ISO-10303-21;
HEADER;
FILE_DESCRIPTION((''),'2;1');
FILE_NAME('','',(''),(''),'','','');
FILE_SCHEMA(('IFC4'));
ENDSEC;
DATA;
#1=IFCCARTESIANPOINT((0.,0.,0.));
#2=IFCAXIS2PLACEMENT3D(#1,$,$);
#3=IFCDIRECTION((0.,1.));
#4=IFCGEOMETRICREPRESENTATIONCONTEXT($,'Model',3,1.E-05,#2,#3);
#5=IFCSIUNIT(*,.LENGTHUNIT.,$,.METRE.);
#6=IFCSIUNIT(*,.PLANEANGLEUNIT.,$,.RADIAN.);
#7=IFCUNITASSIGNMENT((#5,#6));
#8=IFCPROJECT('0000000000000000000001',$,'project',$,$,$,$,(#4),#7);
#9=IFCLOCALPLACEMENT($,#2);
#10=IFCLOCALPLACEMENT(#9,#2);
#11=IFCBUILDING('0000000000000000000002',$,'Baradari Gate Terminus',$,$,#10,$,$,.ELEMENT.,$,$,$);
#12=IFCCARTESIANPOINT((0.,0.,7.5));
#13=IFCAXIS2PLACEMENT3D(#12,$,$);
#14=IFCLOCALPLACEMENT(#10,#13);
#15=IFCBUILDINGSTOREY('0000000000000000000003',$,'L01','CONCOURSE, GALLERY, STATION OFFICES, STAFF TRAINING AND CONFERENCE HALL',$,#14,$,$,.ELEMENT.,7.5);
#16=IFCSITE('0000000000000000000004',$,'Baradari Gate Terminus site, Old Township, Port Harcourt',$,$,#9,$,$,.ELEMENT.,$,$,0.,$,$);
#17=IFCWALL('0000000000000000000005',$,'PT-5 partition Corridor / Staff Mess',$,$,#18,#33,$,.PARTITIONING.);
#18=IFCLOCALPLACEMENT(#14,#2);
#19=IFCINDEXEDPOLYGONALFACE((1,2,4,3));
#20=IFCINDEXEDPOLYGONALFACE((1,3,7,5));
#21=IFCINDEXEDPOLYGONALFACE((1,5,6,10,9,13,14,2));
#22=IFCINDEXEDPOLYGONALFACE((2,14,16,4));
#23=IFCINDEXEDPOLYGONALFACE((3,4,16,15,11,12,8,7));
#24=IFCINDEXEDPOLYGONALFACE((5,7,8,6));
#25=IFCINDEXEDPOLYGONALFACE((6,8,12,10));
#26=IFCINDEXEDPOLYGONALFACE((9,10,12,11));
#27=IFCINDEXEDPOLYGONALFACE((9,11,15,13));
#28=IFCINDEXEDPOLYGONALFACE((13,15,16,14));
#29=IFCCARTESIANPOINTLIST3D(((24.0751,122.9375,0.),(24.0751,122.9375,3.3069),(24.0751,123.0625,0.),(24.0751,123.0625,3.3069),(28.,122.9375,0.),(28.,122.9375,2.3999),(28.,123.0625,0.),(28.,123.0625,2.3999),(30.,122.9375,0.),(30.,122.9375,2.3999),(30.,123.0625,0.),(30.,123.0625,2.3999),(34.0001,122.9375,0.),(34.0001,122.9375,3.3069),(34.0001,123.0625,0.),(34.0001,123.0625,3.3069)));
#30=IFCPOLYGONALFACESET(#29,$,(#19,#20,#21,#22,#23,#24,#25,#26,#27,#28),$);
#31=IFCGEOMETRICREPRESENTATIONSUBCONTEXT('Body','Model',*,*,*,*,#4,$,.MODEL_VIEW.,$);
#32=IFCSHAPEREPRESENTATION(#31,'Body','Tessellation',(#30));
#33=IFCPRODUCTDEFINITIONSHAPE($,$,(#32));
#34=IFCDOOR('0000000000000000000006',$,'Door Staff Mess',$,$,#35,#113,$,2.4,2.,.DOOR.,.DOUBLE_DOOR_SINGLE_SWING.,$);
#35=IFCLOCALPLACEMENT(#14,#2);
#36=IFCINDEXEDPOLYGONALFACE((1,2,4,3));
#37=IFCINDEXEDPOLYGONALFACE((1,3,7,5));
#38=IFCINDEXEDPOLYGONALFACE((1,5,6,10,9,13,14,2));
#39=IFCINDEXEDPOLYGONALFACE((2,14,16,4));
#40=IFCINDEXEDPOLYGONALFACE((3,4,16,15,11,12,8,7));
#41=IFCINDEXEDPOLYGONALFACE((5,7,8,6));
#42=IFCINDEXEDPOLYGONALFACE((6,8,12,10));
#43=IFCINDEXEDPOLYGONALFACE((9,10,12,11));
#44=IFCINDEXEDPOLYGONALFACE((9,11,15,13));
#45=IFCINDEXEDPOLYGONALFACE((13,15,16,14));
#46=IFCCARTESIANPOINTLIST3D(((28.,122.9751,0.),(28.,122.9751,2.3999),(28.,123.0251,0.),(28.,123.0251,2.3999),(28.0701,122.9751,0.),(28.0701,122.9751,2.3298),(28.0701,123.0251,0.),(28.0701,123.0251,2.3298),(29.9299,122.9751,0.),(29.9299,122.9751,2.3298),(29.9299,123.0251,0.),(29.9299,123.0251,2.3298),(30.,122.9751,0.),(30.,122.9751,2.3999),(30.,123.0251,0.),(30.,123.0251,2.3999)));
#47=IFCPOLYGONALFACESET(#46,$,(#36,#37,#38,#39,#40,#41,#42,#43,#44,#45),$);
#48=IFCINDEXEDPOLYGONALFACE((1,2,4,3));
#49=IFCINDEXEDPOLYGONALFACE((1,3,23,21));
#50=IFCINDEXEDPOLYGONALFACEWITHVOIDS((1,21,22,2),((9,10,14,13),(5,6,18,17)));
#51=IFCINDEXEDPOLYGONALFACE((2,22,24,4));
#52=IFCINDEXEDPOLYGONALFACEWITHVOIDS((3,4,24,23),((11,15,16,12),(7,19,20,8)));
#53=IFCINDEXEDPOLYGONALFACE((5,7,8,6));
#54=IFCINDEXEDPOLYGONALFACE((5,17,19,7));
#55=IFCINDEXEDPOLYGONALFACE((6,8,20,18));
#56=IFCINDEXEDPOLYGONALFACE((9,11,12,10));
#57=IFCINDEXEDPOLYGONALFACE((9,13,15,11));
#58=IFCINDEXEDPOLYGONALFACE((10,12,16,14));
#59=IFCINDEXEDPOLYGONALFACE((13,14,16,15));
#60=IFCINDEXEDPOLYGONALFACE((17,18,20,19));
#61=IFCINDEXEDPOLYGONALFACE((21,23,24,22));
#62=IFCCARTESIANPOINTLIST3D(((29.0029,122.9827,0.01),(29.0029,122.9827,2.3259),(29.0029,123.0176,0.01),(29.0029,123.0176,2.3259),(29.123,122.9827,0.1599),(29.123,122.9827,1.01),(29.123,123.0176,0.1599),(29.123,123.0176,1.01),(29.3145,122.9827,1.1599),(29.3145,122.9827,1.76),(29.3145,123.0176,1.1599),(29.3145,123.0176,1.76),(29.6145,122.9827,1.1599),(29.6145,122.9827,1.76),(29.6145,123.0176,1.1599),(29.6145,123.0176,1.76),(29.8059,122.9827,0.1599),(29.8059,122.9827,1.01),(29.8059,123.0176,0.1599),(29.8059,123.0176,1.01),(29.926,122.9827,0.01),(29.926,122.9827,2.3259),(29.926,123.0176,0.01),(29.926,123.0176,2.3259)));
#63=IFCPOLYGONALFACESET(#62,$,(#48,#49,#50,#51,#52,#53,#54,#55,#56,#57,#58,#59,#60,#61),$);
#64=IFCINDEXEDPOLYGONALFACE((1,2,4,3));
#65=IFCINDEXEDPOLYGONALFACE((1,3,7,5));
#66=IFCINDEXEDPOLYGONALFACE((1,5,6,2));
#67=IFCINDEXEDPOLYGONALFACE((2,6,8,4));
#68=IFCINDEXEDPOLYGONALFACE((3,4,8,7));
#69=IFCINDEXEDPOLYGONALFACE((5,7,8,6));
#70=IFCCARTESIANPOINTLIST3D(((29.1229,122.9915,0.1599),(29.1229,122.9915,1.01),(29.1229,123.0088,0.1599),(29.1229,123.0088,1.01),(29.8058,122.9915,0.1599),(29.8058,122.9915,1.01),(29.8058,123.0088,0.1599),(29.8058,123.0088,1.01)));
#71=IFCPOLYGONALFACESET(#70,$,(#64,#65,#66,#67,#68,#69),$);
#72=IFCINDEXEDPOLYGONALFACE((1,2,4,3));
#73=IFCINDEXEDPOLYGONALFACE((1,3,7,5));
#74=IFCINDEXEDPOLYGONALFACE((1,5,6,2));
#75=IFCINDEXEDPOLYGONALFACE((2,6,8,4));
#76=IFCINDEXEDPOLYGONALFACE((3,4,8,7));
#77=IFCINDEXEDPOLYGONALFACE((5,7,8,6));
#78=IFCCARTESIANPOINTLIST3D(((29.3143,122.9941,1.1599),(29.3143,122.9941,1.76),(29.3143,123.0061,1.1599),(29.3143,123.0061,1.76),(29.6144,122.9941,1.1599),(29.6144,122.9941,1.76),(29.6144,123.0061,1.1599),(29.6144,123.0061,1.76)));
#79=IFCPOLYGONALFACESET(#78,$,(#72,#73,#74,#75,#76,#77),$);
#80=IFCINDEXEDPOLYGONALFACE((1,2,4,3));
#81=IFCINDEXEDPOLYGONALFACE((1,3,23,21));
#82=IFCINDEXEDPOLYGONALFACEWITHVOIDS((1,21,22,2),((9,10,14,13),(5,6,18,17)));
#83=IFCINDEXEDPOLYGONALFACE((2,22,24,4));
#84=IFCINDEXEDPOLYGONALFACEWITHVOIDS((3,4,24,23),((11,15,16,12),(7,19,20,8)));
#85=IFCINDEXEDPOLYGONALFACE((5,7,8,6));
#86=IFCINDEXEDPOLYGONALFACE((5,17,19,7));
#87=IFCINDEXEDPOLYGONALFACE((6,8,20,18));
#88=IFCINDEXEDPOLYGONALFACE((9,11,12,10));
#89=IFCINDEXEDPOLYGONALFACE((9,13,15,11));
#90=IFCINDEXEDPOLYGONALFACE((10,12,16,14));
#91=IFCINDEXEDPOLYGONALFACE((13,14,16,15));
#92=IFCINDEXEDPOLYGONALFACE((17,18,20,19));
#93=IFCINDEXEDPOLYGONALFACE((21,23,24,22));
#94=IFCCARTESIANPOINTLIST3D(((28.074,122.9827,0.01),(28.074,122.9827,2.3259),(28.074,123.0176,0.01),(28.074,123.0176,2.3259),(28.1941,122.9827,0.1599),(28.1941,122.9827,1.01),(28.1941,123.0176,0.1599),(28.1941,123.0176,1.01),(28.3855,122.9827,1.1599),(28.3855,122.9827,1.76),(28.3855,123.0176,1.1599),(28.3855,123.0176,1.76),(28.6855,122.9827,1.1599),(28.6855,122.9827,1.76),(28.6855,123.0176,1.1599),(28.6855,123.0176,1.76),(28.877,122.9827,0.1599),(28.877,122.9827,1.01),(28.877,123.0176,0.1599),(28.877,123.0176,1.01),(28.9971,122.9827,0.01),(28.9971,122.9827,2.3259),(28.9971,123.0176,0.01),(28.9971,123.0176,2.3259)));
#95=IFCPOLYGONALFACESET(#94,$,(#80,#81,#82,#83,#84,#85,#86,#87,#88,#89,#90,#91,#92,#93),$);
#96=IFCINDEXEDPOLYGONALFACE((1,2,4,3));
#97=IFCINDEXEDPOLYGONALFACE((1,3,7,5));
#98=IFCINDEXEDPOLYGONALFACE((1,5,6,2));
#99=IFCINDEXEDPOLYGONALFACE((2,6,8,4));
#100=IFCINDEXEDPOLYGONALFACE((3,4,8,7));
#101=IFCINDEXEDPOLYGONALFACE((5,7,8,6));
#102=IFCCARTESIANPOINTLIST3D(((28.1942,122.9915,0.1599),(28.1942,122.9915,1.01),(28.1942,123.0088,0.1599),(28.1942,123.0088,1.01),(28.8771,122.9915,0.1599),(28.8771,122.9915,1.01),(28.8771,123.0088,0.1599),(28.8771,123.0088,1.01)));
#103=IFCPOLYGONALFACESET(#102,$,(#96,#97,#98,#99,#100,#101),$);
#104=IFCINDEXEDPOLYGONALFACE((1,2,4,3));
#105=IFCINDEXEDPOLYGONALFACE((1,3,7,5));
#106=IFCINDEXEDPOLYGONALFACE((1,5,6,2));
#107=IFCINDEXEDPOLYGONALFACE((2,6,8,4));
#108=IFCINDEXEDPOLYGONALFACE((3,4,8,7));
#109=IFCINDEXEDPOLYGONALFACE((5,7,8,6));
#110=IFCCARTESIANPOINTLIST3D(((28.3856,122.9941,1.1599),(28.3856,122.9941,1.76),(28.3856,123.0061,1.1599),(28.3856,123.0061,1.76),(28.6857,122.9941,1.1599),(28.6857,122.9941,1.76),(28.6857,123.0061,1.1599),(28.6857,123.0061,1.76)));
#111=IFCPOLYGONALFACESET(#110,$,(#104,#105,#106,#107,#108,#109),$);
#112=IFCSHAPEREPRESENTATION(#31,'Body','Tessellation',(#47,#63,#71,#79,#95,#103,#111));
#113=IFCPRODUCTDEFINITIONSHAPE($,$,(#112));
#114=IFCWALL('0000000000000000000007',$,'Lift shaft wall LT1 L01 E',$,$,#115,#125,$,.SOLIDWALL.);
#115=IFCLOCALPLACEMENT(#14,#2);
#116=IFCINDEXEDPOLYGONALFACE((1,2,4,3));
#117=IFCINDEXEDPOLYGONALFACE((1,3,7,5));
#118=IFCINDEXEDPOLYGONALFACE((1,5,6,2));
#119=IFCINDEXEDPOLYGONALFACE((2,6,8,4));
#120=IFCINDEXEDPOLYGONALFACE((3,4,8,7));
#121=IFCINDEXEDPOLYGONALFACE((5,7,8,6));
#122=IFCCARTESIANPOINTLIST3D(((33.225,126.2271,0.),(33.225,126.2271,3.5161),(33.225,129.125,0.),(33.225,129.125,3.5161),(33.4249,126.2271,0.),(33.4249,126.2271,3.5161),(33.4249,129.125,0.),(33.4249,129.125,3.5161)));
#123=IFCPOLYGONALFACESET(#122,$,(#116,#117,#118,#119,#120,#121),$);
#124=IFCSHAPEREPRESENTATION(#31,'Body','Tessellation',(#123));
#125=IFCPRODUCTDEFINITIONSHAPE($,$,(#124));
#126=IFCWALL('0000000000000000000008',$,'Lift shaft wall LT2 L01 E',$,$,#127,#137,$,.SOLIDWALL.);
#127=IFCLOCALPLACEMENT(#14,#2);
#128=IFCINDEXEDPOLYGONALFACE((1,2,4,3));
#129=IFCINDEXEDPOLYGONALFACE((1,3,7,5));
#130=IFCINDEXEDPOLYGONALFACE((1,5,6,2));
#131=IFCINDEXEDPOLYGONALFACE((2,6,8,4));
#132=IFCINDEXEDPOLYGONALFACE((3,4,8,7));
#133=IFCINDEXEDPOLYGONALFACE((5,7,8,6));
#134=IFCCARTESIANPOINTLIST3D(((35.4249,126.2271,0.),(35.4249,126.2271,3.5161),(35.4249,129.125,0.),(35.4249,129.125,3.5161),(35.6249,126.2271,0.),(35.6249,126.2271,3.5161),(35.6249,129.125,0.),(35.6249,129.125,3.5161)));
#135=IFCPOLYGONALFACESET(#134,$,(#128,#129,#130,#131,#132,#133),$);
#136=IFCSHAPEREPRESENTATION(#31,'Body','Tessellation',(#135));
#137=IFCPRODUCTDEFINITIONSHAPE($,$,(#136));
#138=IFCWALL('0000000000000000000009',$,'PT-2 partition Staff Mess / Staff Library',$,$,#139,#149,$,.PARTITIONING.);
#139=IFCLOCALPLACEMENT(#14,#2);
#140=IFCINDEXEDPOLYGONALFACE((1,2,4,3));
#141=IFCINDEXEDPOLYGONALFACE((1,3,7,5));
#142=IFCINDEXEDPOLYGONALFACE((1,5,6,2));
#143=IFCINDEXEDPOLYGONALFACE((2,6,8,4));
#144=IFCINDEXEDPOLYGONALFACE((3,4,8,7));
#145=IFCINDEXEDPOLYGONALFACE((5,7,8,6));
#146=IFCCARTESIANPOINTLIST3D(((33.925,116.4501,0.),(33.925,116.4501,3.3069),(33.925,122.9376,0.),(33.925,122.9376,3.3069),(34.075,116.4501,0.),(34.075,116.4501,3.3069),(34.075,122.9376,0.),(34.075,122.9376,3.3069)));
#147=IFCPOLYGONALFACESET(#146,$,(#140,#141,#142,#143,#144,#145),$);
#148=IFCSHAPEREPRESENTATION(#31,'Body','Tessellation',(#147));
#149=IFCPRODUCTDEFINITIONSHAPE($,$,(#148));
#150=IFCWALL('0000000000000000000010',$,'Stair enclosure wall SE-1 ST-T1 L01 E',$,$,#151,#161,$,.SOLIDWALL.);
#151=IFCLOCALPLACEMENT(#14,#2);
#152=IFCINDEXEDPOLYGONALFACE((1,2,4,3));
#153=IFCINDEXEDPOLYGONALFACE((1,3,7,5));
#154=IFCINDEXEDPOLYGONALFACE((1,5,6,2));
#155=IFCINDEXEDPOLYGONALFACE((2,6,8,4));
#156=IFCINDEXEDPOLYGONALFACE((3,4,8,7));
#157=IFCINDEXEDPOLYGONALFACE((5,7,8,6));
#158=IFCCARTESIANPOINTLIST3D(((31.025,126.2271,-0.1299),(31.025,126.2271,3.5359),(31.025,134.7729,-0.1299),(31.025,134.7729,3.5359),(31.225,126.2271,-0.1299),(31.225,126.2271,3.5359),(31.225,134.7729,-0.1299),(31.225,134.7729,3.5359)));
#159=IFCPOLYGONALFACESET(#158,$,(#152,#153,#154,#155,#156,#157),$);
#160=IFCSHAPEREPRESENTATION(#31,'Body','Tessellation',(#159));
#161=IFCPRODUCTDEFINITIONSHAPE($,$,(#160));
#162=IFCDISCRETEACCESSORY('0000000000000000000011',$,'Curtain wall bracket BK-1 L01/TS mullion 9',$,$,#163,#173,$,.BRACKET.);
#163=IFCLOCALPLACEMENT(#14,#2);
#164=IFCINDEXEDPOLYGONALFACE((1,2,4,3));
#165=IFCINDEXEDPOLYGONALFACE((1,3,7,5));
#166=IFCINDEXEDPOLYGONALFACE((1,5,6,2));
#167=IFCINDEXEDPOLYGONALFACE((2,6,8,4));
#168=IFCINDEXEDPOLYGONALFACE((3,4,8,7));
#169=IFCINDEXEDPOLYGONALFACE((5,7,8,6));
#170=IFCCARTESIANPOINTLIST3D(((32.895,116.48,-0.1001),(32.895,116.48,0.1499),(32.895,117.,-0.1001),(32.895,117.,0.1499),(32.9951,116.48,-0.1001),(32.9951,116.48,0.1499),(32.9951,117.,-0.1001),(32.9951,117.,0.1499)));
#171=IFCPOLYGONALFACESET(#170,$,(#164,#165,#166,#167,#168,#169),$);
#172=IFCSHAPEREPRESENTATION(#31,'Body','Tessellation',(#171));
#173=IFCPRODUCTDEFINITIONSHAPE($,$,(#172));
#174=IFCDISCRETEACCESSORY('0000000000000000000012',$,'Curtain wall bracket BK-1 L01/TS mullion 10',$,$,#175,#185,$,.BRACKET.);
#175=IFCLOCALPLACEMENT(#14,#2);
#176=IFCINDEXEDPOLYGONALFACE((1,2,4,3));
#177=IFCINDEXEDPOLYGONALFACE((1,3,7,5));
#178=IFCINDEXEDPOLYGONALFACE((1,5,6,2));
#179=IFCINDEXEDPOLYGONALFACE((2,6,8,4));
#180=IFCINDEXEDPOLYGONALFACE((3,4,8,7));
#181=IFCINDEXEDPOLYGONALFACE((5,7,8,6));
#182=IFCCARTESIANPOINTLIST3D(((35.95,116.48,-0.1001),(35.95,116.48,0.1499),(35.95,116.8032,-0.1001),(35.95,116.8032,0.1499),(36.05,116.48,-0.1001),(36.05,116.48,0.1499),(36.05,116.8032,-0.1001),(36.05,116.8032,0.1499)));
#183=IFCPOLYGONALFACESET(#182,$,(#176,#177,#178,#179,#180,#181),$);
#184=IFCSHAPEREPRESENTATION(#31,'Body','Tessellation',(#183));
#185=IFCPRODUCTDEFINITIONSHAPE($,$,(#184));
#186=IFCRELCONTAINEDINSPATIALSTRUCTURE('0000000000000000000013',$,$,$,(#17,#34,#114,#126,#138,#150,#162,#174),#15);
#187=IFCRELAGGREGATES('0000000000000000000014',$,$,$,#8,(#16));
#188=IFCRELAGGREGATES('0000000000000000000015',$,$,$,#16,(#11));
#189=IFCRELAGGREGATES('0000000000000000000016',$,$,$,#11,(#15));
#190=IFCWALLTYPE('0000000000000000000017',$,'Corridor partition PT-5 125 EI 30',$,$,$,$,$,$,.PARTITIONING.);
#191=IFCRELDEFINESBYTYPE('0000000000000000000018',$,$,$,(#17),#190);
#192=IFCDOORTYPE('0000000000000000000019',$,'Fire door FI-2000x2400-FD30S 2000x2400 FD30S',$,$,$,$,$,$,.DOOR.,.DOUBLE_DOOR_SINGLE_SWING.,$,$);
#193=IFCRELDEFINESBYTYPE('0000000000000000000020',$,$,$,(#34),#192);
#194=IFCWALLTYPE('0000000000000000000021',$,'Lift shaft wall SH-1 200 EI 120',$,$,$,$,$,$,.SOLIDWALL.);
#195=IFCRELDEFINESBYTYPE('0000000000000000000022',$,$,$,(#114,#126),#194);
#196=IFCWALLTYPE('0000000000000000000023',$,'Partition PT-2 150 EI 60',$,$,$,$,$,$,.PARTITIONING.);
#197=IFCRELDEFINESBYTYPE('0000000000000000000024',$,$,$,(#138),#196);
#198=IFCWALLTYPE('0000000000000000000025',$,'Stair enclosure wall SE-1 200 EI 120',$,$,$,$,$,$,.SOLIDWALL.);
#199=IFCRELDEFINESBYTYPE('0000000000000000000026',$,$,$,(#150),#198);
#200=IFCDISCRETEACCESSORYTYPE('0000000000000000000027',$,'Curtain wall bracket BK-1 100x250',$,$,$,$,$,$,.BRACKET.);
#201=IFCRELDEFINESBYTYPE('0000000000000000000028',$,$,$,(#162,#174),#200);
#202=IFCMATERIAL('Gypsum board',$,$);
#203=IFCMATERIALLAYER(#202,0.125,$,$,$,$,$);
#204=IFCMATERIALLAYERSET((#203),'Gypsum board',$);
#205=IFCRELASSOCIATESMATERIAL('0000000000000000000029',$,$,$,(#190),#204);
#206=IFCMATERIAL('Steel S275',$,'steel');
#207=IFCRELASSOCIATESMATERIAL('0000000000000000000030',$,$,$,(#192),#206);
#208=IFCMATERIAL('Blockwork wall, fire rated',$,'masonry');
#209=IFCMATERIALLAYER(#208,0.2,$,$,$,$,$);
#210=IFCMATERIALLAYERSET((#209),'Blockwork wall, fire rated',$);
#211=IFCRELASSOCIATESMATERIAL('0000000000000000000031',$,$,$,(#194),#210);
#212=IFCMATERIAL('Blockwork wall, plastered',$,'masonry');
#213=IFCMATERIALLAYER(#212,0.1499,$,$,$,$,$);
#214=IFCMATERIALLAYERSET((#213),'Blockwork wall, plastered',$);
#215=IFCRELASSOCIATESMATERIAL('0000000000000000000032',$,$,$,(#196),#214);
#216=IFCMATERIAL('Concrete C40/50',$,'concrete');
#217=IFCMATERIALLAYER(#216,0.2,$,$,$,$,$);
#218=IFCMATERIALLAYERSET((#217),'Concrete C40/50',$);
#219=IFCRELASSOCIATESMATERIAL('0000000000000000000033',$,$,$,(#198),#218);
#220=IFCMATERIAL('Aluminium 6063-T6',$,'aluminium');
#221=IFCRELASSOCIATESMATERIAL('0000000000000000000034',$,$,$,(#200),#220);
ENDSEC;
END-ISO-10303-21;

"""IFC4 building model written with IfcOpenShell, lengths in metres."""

from ifc_helpers import new_model, si_unit, direction, frame, frame_2d, origin, origin_2d, place, context, subcontext, project, spatial, polyline, rectangle, outline, extrude, material, layer, layer_set, type_object, element, fill, save


model = new_model("IFC4")

# Units and contexts
model_context = context("Model", 3, precision=1e-05, world=origin(), true_north=direction((0.0, 1.0)))
body_context = subcontext(model_context, "Body", "Model", "MODEL_VIEW")
ifc_project = project(units=[si_unit("LENGTHUNIT", "METRE"), si_unit("PLANEANGLEUNIT", "RADIAN")], contexts=[model_context])

# Site, building, storey
site_placement = place(None, origin())
site = spatial("IfcSite", under=ifc_project, at=site_placement, Name="Baradari Gate Terminus site, Old Township, Port Harcourt", CompositionType="ELEMENT", RefElevation=0.0)
building_placement = place(site_placement, origin())
building = spatial("IfcBuilding", under=site, at=building_placement, Name="Baradari Gate Terminus", CompositionType="ELEMENT")
storey_placement = place(building_placement, frame((0.0, 0.0, 7.5)))
storey = spatial("IfcBuildingStorey", under=building, at=storey_placement, Name="L01", Description="CONCOURSE, GALLERY, STATION OFFICES, STAFF TRAINING AND CONFERENCE HALL", CompositionType="ELEMENT", Elevation=7.5)

# Wall, opening, door
ifc_material_1 = material(Name="Gypsum board")
ifc_layer_1 = layer(ifc_material_1, 0.125)
ifc_layer_set_1 = layer_set([ifc_layer_1], Name="Gypsum board")
wall_type_1 = type_object("IfcWallType", Name="Corridor partition PT-5 125 EI 30", PredefinedType="PARTITIONING", material=ifc_layer_set_1)
wall_1_placement = place(storey_placement, frame((34.0, 123.0, 0.0), z_axis=(0.0, 0.0, 1.0), x_axis=(-1.0, 0.0, 0.0)))
wall_1 = element("IfcWall", 1, at=wall_1_placement, inside=storey, type_object=wall_type_1, Name="PT-5 partition Corridor / Staff Mess", PredefinedType="PARTITIONING", context=body_context, shape_type="SweptSolid", body=[
    extrude(rectangle(XDim=9.925, YDim=0.125, at=frame_2d((4.9624, 0.0))), origin(), (0.0, 0.0, 1.0), 3.3069),
])
opening_placement = place(wall_1_placement, frame((4.0, 0.0, 0.0)))
opening = element("IfcOpeningElement", 2, at=opening_placement, cuts=wall_1, PredefinedType="OPENING", context=body_context, shape_type="SweptSolid", body=[
    extrude(rectangle(XDim=2.0, YDim=2.3999, at=frame_2d((1.0, 1.2))), frame((0.0, 0.0725, 0.0), z_axis=(0.0, -1.0, 0.0), x_axis=(1.0, 0.0, 0.0)), (0.0, 0.0, 1.0), 0.145),
])
ifc_material_2 = material(Name="Steel S275", Category="steel")
door_type = type_object("IfcDoorType", Name="Fire door FI-2000x2400-FD30S 2000x2400 FD30S", OperationType="DOUBLE_DOOR_SINGLE_SWING", PredefinedType="DOOR", material=ifc_material_2)
door_placement = place(opening_placement, origin())
door = element("IfcDoor", 3, at=door_placement, inside=storey, type_object=door_type, Name="Door Staff Mess", OperationType="DOUBLE_DOOR_SINGLE_SWING", OverallHeight=2.4, OverallWidth=2.0, PredefinedType="DOOR", context=body_context, shape_type="SweptSolid", body=[
    extrude(outline(polyline([(0.0, 0.0), (0.0701, 0.0), (0.0701, 2.3298), (1.9299, 2.3298), (1.9299, 0.0), (2.0, 0.0), (2.0, 2.3999), (0.0, 2.3999), (0.0, 0.0)])), frame((0.0, 0.0249, 0.0), z_axis=(0.0, -1.0, 0.0), x_axis=(1.0, 0.0, 0.0)), (0.0, 0.0, 1.0), 0.05),
    extrude(outline(polyline([(0.074, 0.01), (0.9971, 0.01), (0.9971, 2.3259), (0.074, 2.3259), (0.074, 0.01)]), holes=[polyline([(0.1941, 0.1599), (0.877, 0.1599), (0.877, 1.01), (0.1941, 1.01), (0.1941, 0.1599)]), polyline([(0.3855, 1.1599), (0.6855, 1.1599), (0.6855, 1.76), (0.3855, 1.76), (0.3855, 1.1599)])]), frame((0.0, 0.0173, 0.0), z_axis=(0.0, -1.0, 0.0), x_axis=(1.0, 0.0, 0.0)), (0.0, 0.0, 1.0), 0.0349),
    extrude(rectangle(XDim=0.6829, YDim=0.8501, at=frame_2d((0.5356, 0.585))), frame((0.0, 0.0085, 0.0), z_axis=(0.0, -1.0, 0.0), x_axis=(1.0, 0.0, 0.0)), (0.0, 0.0, 1.0), 0.0173),
    extrude(rectangle(XDim=0.3, YDim=0.6001, at=frame_2d((0.5356, 1.46))), frame((0.0, 0.0059, 0.0), z_axis=(0.0, -1.0, 0.0), x_axis=(1.0, 0.0, 0.0)), (0.0, 0.0, 1.0), 0.012),
    extrude(outline(polyline([(1.0029, 0.01), (1.926, 0.01), (1.926, 2.3259), (1.0029, 2.3259), (1.0029, 0.01)]), holes=[polyline([(1.123, 0.1599), (1.8059, 0.1599), (1.8059, 1.01), (1.123, 1.01), (1.123, 0.1599)]), polyline([(1.3145, 1.1599), (1.6145, 1.1599), (1.6145, 1.76), (1.3145, 1.76), (1.3145, 1.1599)])]), frame((0.0, 0.0173, 0.0), z_axis=(0.0, -1.0, 0.0), x_axis=(1.0, 0.0, 0.0)), (0.0, 0.0, 1.0), 0.0349),
    extrude(rectangle(XDim=0.6829, YDim=0.8501, at=frame_2d((1.4644, 0.585))), frame((0.0, 0.0085, 0.0), z_axis=(0.0, -1.0, 0.0), x_axis=(1.0, 0.0, 0.0)), (0.0, 0.0, 1.0), 0.0173),
    extrude(rectangle(XDim=0.3, YDim=0.6001, at=frame_2d((1.4644, 1.46))), frame((0.0, 0.0059, 0.0), z_axis=(0.0, -1.0, 0.0), x_axis=(1.0, 0.0, 0.0)), (0.0, 0.0, 1.0), 0.012),
])
fill(opening, door)

# Walls
ifc_material_3 = material(Name="Blockwork wall, fire rated", Category="masonry")
ifc_layer_2 = layer(ifc_material_3, 0.2)
ifc_layer_set_2 = layer_set([ifc_layer_2], Name="Blockwork wall, fire rated")
wall_type_2 = type_object("IfcWallType", Name="Lift shaft wall SH-1 200 EI 120", PredefinedType="SOLIDWALL", material=ifc_layer_set_2)
for number, where, z_axis, x_axis, name in (
    (4, (33.325, 126.2271, 0.0), (0.0, 0.0, 1.0), (0.0, 1.0, 0.0), "Lift shaft wall LT1 L01 E"),
    (5, (35.5249, 126.2271, 0.0), (0.0, 0.0, 1.0), (0.0, 1.0, 0.0), "Lift shaft wall LT2 L01 E"),
):
    element("IfcWall", number, at=place(storey_placement, frame(where, z_axis=z_axis, x_axis=x_axis)), inside=storey, type_object=wall_type_2, Name=name, PredefinedType="SOLIDWALL", context=body_context, shape_type="SweptSolid", body=[
        extrude(rectangle(XDim=2.8979, YDim=0.2, at=frame_2d((1.449, 0.0))), origin(), (0.0, 0.0, 1.0), 3.5161),
    ])
ifc_material_4 = material(Name="Blockwork wall, plastered", Category="masonry")
ifc_layer_3 = layer(ifc_material_4, 0.1499)
ifc_layer_set_3 = layer_set([ifc_layer_3], Name="Blockwork wall, plastered")
wall_type_3 = type_object("IfcWallType", Name="Partition PT-2 150 EI 60", PredefinedType="PARTITIONING", material=ifc_layer_set_3)
wall_2_placement = place(storey_placement, frame((34.0, 122.9375, 0.0), z_axis=(0.0, 0.0, 1.0), x_axis=(0.0, -1.0, 0.0)))
element("IfcWall", 6, at=wall_2_placement, inside=storey, type_object=wall_type_3, Name="PT-2 partition Staff Mess / Staff Library", PredefinedType="PARTITIONING", context=body_context, shape_type="SweptSolid", body=[
    extrude(rectangle(XDim=6.4875, YDim=0.1499, at=frame_2d((3.2437, 0.0))), origin(), (0.0, 0.0, 1.0), 3.3069),
])
ifc_material_5 = material(Name="Concrete C40/50", Category="concrete")
ifc_layer_4 = layer(ifc_material_5, 0.2)
ifc_layer_set_4 = layer_set([ifc_layer_4], Name="Concrete C40/50")
wall_type_4 = type_object("IfcWallType", Name="Stair enclosure wall SE-1 200 EI 120", PredefinedType="SOLIDWALL", material=ifc_layer_set_4)
wall_3_placement = place(storey_placement, frame((31.125, 126.2271, -0.1299), z_axis=(0.0, 0.0, 1.0), x_axis=(0.0, 1.0, 0.0)))
element("IfcWall", 7, at=wall_3_placement, inside=storey, type_object=wall_type_4, Name="Stair enclosure wall SE-1 ST-T1 L01 E", PredefinedType="SOLIDWALL", context=body_context, shape_type="SweptSolid", body=[
    extrude(rectangle(XDim=8.5459, YDim=0.2, at=frame_2d((4.2729, 0.0))), origin(), (0.0, 0.0, 1.0), 3.6658),
])

# Discrete accessories
ifc_material_6 = material(Name="Aluminium 6063-T6", Category="aluminium")
discrete_accessory_type = type_object("IfcDiscreteAccessoryType", Name="Curtain wall bracket BK-1 100x250", PredefinedType="BRACKET", material=ifc_material_6)
discrete_accessory_1_placement = place(storey_placement, frame((32.9451, 116.74, -0.1001), z_axis=(0.0, 0.0, 1.0), x_axis=(0.0, -1.0, 0.0)))
element("IfcDiscreteAccessory", 8, at=discrete_accessory_1_placement, inside=storey, type_object=discrete_accessory_type, Name="Curtain wall bracket BK-1 L01/TS mullion 9", PredefinedType="BRACKET", context=body_context, shape_type="SweptSolid", body=[
    extrude(rectangle(XDim=0.52, YDim=0.1001, at=origin_2d()), origin(), (0.0, 0.0, 1.0), 0.25),
])
discrete_accessory_2_placement = place(storey_placement, frame((36.0, 116.6416, -0.1001), z_axis=(0.0, 0.0, 1.0), x_axis=(0.0, -1.0, 0.0)))
element("IfcDiscreteAccessory", 9, at=discrete_accessory_2_placement, inside=storey, type_object=discrete_accessory_type, Name="Curtain wall bracket BK-1 L01/TS mullion 10", PredefinedType="BRACKET", context=body_context, shape_type="SweptSolid", body=[
    extrude(rectangle(XDim=0.3232, YDim=0.1001, at=origin_2d()), origin(), (0.0, 0.0, 1.0), 0.25),
])

save(model, "model.ifc")
